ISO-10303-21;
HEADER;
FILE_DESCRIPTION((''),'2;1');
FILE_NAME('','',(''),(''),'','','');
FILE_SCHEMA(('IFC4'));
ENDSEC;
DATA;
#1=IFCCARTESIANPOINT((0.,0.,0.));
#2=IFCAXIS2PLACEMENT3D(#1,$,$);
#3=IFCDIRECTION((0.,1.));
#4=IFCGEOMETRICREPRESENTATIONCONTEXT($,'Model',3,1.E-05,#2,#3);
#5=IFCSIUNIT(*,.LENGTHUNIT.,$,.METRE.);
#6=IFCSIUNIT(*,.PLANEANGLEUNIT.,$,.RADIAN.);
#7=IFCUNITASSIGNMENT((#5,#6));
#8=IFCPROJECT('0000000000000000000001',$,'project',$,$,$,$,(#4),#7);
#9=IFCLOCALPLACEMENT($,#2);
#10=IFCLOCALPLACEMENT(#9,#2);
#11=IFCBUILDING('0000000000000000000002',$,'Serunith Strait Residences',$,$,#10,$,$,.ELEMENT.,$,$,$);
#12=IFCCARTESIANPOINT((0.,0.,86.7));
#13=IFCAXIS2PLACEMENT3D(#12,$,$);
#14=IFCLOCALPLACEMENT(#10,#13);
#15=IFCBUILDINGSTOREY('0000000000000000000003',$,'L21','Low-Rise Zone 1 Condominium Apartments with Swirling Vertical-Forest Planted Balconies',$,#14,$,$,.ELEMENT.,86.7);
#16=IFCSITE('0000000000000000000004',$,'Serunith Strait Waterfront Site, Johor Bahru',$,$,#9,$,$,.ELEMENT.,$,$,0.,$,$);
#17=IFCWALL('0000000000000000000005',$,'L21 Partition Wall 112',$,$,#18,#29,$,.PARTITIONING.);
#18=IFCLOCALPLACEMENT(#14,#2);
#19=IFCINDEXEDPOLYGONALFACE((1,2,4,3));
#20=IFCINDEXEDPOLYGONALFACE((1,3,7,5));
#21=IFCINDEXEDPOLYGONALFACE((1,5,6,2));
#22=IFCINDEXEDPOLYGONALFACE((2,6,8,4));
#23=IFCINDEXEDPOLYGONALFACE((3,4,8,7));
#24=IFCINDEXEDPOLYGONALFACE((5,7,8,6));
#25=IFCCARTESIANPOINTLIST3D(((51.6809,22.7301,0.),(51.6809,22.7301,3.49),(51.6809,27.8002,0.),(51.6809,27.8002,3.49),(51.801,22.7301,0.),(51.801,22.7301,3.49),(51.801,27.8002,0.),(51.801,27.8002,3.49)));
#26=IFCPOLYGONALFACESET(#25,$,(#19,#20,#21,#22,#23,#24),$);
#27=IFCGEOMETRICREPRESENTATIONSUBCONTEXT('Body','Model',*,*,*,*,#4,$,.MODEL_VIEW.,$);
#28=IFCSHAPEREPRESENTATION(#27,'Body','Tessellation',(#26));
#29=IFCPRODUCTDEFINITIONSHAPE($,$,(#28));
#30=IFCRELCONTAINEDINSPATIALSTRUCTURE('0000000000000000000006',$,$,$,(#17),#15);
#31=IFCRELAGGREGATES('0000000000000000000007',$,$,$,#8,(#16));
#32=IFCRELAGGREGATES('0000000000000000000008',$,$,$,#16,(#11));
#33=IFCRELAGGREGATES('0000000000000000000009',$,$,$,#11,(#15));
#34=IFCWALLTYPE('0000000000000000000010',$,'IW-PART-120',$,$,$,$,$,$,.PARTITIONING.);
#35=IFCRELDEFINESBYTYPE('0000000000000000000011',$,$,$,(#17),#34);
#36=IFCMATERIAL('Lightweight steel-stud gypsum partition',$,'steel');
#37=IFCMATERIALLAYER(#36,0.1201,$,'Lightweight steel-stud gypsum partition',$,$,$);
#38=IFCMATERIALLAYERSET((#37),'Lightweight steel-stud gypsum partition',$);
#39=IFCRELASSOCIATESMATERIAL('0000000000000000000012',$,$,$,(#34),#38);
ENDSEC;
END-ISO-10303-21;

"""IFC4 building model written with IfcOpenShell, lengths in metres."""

from ifc_helpers import new_model, si_unit, direction, frame, frame_2d, origin, place, context, subcontext, project, spatial, rectangle, extrude, material, layer, layer_set, type_object, element, save


model = new_model("IFC4")

# Units and contexts
model_context = context("Model", 3, precision=1e-05, world=origin(), true_north=direction((0.0, 1.0)))
body_context = subcontext(model_context, "Body", "Model", "MODEL_VIEW")
ifc_project = project(units=[si_unit("LENGTHUNIT", "METRE"), si_unit("PLANEANGLEUNIT", "RADIAN")], contexts=[model_context])

# Site, building, storey
site_placement = place(None, origin())
site = spatial("IfcSite", under=ifc_project, at=site_placement, Name="Serunith Strait Waterfront Site, Johor Bahru", CompositionType="ELEMENT", RefElevation=0.0)
building_placement = place(site_placement, origin())
building = spatial("IfcBuilding", under=site, at=building_placement, Name="Serunith Strait Residences", CompositionType="ELEMENT")
storey_placement = place(building_placement, frame((0.0, 0.0, 86.7)))
storey = spatial("IfcBuildingStorey", under=building, at=storey_placement, Name="L21", Description="Low-Rise Zone 1 Condominium Apartments with Swirling Vertical-Forest Planted Balconies", CompositionType="ELEMENT", Elevation=86.7)

# Shared definitions
ifc_material_1 = material(Name="Lightweight steel-stud gypsum partition", Category="steel")
ifc_layer_1 = layer(ifc_material_1, 0.1201, Name="Lightweight steel-stud gypsum partition")
ifc_layer_set_1 = layer_set([ifc_layer_1], Name="Lightweight steel-stud gypsum partition")
wall_type = type_object("IfcWallType", Name="IW-PART-120", PredefinedType="PARTITIONING", material=ifc_layer_set_1)

# Wall
wall_1_placement = place(storey_placement, frame((51.741, 22.73, 0.0), z_axis=(0.0, 0.0, 1.0), x_axis=(0.0, 1.0, 0.0)))
element("IfcWall", 1, at=wall_1_placement, inside=storey, type_object=wall_type, Name="L21 Partition Wall 112", PredefinedType="PARTITIONING", context=body_context, shape_type="SweptSolid", body=[
    extrude(rectangle(XDim=5.0701, YDim=0.1201, at=frame_2d((2.5352, 0.0))), origin(), (0.0, 0.0, 1.0), 3.49),
])

save(model, "model.ifc")
